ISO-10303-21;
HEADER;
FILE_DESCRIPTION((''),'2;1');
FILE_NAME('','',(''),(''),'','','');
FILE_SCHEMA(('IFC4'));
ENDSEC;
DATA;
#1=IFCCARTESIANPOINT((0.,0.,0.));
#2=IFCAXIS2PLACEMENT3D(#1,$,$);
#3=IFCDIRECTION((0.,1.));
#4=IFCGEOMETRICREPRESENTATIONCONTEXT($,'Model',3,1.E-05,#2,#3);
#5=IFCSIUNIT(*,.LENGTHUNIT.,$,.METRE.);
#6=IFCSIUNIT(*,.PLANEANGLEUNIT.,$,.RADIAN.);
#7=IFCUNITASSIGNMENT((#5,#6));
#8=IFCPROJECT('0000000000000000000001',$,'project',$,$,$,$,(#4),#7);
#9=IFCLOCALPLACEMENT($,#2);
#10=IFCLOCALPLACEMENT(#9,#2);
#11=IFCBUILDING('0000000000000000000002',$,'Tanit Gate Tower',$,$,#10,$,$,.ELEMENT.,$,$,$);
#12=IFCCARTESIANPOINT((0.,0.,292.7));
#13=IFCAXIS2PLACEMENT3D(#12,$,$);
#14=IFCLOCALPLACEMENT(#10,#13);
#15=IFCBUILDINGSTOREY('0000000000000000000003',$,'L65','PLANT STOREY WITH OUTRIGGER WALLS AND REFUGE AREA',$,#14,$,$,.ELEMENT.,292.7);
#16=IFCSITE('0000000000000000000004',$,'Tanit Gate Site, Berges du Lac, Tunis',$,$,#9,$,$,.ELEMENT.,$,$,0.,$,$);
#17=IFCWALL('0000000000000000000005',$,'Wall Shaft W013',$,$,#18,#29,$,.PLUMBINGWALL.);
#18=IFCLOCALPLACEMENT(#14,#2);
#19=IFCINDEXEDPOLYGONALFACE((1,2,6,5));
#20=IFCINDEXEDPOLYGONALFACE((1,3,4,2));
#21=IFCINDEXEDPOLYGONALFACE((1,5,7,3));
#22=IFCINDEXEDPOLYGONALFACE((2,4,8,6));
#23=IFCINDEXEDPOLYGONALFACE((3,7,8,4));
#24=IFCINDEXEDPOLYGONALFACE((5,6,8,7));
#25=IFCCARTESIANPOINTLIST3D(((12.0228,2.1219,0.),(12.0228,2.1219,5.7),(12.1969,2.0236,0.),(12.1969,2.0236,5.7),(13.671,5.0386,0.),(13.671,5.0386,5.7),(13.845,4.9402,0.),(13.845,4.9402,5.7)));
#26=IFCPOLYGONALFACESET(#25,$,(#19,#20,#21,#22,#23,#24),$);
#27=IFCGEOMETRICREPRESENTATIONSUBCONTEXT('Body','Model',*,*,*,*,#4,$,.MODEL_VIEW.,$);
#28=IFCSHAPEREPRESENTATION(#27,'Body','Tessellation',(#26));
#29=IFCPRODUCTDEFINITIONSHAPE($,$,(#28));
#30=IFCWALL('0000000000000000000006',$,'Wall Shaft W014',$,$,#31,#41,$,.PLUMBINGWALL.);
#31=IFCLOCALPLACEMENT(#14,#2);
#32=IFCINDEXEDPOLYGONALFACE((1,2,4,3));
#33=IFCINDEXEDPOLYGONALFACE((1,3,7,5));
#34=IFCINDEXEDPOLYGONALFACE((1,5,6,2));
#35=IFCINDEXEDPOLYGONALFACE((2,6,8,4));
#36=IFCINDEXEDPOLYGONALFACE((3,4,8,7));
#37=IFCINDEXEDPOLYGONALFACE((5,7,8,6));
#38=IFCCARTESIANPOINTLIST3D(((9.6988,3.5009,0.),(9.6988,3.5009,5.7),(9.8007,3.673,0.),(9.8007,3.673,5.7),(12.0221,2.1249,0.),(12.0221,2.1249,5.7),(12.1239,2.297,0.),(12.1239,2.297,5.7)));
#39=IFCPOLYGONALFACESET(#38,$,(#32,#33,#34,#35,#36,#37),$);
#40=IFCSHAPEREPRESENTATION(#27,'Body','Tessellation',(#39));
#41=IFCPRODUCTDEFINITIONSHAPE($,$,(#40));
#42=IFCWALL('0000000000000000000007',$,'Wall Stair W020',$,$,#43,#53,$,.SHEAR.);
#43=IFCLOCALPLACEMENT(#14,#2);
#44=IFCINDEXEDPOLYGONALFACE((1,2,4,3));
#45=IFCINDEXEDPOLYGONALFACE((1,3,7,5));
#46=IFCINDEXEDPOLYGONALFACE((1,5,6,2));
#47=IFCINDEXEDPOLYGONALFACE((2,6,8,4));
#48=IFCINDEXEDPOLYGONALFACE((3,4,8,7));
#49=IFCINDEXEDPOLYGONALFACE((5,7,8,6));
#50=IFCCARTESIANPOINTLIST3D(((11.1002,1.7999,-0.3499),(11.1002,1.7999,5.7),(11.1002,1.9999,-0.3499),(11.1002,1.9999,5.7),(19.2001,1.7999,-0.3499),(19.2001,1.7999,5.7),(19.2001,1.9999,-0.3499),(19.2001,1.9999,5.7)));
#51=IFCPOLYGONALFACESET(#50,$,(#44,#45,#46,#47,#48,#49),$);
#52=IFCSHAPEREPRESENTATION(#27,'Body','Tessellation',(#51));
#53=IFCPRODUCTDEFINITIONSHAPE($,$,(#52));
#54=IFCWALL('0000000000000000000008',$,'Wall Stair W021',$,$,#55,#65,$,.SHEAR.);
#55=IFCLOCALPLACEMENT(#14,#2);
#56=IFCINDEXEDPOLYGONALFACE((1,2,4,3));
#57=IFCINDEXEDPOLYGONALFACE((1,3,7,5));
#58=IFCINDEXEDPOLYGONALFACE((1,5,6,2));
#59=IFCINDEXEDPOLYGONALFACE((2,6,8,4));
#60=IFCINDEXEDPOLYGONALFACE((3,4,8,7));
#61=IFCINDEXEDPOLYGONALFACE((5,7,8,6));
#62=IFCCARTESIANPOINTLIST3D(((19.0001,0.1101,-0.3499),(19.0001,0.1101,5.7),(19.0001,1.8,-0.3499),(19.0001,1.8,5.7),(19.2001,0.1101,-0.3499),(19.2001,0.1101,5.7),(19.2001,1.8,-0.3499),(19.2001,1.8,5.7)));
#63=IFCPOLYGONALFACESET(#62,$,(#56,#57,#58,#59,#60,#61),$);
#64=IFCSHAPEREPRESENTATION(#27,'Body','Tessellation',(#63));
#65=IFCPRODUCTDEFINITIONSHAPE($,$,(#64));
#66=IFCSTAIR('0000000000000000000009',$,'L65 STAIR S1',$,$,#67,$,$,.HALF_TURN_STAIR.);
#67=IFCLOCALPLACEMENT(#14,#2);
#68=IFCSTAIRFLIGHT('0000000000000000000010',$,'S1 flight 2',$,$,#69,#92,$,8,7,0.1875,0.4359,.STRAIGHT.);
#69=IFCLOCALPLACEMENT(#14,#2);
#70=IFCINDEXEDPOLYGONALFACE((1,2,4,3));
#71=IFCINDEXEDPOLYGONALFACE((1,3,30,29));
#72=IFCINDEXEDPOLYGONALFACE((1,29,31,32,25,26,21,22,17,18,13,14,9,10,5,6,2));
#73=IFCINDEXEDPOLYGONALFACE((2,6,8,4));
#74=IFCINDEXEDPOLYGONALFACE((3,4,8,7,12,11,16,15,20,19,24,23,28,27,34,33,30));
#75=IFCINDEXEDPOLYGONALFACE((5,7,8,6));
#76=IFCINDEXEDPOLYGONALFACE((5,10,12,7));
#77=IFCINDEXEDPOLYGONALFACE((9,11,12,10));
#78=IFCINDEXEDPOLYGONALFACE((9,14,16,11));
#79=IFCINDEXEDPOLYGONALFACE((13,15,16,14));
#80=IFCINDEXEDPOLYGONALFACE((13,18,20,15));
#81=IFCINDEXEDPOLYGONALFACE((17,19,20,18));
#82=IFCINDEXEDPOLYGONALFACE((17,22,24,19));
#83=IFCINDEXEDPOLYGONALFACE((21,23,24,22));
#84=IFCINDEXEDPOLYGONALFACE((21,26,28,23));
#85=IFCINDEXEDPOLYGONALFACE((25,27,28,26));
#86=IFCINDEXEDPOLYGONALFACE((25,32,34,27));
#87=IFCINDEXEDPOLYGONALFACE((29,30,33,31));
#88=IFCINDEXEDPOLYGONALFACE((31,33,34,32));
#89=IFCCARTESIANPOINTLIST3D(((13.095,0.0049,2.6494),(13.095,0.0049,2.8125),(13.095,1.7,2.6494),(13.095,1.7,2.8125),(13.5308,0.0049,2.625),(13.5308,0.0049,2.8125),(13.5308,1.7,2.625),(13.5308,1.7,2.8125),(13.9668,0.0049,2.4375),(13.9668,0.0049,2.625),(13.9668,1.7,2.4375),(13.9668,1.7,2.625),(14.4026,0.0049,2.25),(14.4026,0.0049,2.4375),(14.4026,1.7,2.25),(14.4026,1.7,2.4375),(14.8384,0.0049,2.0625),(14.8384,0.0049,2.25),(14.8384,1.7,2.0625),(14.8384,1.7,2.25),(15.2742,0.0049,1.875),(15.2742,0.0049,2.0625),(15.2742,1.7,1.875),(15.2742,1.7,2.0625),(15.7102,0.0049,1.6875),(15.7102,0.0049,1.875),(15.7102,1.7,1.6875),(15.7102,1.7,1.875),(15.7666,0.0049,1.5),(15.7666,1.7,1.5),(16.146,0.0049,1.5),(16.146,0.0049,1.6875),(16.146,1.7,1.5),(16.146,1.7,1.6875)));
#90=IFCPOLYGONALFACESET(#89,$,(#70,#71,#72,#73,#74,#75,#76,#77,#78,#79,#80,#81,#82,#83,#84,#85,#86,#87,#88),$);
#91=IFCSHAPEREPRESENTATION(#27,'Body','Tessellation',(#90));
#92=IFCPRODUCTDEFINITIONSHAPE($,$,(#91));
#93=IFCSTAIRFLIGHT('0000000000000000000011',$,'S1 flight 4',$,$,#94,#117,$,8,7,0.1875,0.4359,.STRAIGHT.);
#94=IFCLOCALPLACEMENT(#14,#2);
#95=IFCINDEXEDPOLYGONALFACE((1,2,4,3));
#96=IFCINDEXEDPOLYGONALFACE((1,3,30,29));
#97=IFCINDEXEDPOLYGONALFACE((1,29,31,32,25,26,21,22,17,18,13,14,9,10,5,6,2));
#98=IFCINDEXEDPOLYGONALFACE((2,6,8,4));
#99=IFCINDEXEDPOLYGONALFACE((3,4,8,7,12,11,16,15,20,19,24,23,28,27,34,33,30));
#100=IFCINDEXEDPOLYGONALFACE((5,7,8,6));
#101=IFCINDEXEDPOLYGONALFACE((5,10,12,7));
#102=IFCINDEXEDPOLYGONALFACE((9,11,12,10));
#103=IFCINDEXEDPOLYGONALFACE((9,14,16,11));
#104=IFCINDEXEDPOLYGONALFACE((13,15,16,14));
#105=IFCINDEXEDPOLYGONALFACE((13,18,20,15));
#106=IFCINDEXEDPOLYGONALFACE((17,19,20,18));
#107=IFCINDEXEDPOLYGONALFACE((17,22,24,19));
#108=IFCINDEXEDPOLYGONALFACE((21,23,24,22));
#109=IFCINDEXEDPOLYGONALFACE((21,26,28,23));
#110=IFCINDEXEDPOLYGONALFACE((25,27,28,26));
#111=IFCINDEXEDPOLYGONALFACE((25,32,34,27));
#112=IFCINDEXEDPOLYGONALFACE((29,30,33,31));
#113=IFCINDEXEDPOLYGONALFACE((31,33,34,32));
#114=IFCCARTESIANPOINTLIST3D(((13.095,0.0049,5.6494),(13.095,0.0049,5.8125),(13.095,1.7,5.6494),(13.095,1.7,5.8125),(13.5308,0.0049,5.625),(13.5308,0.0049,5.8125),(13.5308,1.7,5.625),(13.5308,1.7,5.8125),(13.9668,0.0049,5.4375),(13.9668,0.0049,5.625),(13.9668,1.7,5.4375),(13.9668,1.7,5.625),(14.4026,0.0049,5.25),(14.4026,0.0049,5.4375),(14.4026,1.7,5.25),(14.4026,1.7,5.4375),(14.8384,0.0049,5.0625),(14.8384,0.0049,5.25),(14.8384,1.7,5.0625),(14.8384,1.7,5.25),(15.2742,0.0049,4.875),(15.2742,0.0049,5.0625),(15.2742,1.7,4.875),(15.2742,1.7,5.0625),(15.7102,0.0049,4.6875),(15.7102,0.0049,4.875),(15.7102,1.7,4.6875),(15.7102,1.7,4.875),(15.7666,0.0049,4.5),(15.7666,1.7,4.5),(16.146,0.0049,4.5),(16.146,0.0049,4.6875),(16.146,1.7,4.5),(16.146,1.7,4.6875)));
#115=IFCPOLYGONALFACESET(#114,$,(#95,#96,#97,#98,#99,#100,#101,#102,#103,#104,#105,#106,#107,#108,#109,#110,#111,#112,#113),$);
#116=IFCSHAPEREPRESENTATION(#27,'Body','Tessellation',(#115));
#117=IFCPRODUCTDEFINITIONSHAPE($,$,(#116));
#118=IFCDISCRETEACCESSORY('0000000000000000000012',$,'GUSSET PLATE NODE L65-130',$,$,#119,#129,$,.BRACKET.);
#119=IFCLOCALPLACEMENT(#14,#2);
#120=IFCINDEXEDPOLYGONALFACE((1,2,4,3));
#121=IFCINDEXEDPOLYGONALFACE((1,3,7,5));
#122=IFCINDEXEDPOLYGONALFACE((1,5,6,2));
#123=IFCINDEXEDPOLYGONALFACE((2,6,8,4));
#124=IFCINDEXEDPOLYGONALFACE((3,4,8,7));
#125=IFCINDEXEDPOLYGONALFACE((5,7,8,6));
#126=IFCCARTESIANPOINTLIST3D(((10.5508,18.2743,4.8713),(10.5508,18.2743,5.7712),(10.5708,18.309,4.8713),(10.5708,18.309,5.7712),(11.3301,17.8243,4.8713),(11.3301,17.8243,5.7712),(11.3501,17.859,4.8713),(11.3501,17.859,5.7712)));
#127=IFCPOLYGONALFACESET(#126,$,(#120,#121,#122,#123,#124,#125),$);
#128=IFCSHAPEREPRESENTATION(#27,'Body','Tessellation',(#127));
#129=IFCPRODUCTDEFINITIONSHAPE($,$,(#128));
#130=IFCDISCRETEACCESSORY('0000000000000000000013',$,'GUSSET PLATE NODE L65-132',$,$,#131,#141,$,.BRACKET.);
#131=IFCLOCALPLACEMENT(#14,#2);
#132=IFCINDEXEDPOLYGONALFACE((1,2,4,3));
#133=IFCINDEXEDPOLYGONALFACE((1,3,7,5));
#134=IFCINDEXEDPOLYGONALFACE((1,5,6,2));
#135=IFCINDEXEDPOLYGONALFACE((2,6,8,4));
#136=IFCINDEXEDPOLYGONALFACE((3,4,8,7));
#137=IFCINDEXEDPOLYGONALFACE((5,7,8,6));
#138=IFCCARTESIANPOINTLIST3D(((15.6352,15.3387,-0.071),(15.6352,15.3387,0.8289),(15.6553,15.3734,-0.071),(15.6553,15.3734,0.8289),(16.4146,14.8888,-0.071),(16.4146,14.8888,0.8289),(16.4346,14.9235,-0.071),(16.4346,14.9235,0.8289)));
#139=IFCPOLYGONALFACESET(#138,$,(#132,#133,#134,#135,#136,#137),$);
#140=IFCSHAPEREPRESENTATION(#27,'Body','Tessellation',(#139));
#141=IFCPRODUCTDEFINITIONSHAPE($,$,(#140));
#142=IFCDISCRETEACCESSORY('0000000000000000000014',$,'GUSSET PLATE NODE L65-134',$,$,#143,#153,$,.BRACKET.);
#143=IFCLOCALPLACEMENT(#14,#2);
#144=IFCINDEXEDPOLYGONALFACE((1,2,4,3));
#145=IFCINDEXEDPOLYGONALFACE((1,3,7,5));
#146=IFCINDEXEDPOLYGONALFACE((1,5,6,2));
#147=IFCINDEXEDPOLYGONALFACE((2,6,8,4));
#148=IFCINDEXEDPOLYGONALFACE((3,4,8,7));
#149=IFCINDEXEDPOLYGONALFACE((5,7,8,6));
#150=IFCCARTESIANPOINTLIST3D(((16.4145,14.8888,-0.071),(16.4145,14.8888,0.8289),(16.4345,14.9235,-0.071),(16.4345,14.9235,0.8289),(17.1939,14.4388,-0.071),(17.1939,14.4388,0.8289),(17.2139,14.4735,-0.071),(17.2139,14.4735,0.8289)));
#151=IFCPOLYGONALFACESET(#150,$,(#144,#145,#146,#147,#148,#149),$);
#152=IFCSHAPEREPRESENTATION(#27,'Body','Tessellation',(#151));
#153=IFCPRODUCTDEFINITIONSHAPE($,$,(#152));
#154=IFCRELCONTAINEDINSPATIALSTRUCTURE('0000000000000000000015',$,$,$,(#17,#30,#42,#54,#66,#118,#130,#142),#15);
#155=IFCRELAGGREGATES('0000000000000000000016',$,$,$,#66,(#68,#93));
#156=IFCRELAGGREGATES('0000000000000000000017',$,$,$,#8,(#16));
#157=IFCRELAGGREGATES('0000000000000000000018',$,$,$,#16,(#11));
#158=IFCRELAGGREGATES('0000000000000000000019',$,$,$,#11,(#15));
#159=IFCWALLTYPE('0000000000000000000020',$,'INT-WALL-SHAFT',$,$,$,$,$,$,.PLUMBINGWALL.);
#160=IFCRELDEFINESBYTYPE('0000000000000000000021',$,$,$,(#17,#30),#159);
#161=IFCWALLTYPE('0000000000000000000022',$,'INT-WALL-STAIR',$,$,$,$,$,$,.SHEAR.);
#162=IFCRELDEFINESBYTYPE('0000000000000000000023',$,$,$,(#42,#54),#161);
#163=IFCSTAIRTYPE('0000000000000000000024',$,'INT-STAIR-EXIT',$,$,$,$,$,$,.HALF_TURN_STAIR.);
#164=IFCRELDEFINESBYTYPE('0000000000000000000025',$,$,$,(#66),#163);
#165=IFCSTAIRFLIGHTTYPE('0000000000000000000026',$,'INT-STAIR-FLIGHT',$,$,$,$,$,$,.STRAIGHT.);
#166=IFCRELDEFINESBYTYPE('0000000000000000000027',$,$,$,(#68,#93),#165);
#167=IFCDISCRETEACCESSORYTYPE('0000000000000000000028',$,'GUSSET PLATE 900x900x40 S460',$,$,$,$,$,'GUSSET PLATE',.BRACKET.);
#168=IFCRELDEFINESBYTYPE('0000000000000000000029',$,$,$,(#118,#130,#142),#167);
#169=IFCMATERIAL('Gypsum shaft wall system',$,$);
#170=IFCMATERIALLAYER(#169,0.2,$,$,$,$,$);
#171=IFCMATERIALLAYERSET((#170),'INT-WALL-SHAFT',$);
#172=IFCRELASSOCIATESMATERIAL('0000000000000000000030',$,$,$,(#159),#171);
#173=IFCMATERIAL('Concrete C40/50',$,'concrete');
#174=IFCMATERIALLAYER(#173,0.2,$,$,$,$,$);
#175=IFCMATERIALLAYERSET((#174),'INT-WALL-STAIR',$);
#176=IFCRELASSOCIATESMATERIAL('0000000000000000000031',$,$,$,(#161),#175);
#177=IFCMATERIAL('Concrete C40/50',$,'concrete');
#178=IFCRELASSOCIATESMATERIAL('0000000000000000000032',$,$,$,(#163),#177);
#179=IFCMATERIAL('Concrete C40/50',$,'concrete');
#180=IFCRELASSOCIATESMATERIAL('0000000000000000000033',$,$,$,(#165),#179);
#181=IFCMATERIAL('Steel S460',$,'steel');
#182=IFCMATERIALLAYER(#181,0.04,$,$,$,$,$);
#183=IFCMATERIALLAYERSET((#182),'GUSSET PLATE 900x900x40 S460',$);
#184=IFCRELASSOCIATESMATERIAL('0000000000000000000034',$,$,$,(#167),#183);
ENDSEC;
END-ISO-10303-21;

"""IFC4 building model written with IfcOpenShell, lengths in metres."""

from ifc_helpers import new_model, si_unit, direction, frame, frame_2d, origin, origin_2d, place, context, subcontext, project, spatial, polyline, rectangle, outline, extrude, material, layer, layer_set, type_object, element, aggregate, save


model = new_model("IFC4")

# Units and contexts
model_context = context("Model", 3, precision=1e-05, world=origin(), true_north=direction((0.0, 1.0)))
body_context = subcontext(model_context, "Body", "Model", "MODEL_VIEW")
ifc_project = project(units=[si_unit("LENGTHUNIT", "METRE"), si_unit("PLANEANGLEUNIT", "RADIAN")], contexts=[model_context])

# Site, building, storey
site_placement = place(None, origin())
site = spatial("IfcSite", under=ifc_project, at=site_placement, Name="Tanit Gate Site, Berges du Lac, Tunis", CompositionType="ELEMENT", RefElevation=0.0)
building_placement = place(site_placement, origin())
building = spatial("IfcBuilding", under=site, at=building_placement, Name="Tanit Gate Tower", CompositionType="ELEMENT")
storey_placement = place(building_placement, frame((0.0, 0.0, 292.7)))
storey = spatial("IfcBuildingStorey", under=building, at=storey_placement, Name="L65", Description="PLANT STOREY WITH OUTRIGGER WALLS AND REFUGE AREA", CompositionType="ELEMENT", Elevation=292.7)

# Walls
ifc_material_1 = material(Name="Gypsum shaft wall system")
ifc_layer_1 = layer(ifc_material_1, 0.2)
ifc_layer_set_1 = layer_set([ifc_layer_1], Name="INT-WALL-SHAFT")
wall_type_1 = type_object("IfcWallType", Name="INT-WALL-SHAFT", PredefinedType="PLUMBINGWALL", material=ifc_layer_set_1)
wall_1_placement = place(storey_placement, frame((12.1099, 2.0728, 0.0), z_axis=(0.0, 0.0, 1.0), x_axis=(0.491966, 0.870614, 0.0)))
element("IfcWall", 1, at=wall_1_placement, inside=storey, type_object=wall_type_1, Name="Wall Shaft W013", PredefinedType="PLUMBINGWALL", context=body_context, shape_type="SweptSolid", body=[
    extrude(rectangle(XDim=3.3501, YDim=0.2, at=frame_2d((1.675, 0.0))), origin(), (0.0, 0.0, 1.0), 5.7),
])
wall_2_placement = place(storey_placement, frame((12.073, 2.2109, 0.0), z_axis=(0.0, 0.0, 1.0), x_axis=(-0.860415, 0.509594, 0.0)))
element("IfcWall", 2, at=wall_2_placement, inside=storey, type_object=wall_type_1, Name="Wall Shaft W014", PredefinedType="PLUMBINGWALL", context=body_context, shape_type="SweptSolid", body=[
    extrude(rectangle(XDim=2.7002, YDim=0.2, at=frame_2d((1.3501, 0.0))), origin(), (0.0, 0.0, 1.0), 5.7),
])
ifc_material_2 = material(Name="Concrete C40/50", Category="concrete")
ifc_layer_2 = layer(ifc_material_2, 0.2)
ifc_layer_set_2 = layer_set([ifc_layer_2], Name="INT-WALL-STAIR")
wall_type_2 = type_object("IfcWallType", Name="INT-WALL-STAIR", PredefinedType="SHEAR", material=ifc_layer_set_2)
wall_3_placement = place(storey_placement, frame((19.2, 1.8999, -0.3499), z_axis=(0.0, 0.0, 1.0), x_axis=(-1.0, 0.0, 0.0)))
element("IfcWall", 3, at=wall_3_placement, inside=storey, type_object=wall_type_2, Name="Wall Stair W020", PredefinedType="SHEAR", context=body_context, shape_type="SweptSolid", body=[
    extrude(rectangle(XDim=8.0999, YDim=0.2, at=frame_2d((4.0498, 0.0))), origin(), (0.0, 0.0, 1.0), 6.0498),
])
wall_4_placement = place(storey_placement, frame((19.1001, 0.1101, -0.3499), z_axis=(0.0, 0.0, 1.0), x_axis=(0.0, 1.0, 0.0)))
element("IfcWall", 4, at=wall_4_placement, inside=storey, type_object=wall_type_2, Name="Wall Stair W021", PredefinedType="SHEAR", context=body_context, shape_type="SweptSolid", body=[
    extrude(rectangle(XDim=1.6899, YDim=0.2, at=frame_2d((0.845, 0.0))), origin(), (0.0, 0.0, 1.0), 6.0498),
])

# Stair, stair flights
ifc_material_3 = material(Name="Concrete C40/50", Category="concrete")
stair_type = type_object("IfcStairType", Name="INT-STAIR-EXIT", PredefinedType="HALF_TURN_STAIR", material=ifc_material_3)
stair_placement = place(storey_placement, origin())
stair = element("IfcStair", 5, at=stair_placement, inside=storey, type_object=stair_type, Name="L65 STAIR S1", PredefinedType="HALF_TURN_STAIR")
ifc_material_4 = material(Name="Concrete C40/50", Category="concrete")
stair_flight_type = type_object("IfcStairFlightType", Name="INT-STAIR-FLIGHT", PredefinedType="STRAIGHT", material=ifc_material_4)
stair_flight_1_placement = place(storey_placement, frame((16.146, 0.8525, 1.5), z_axis=(0.0, 0.0, 1.0), x_axis=(-1.0, 0.0, 0.0)))
stair_flight_1 = element("IfcStairFlight", 6, at=stair_flight_1_placement, type_object=stair_flight_type, Name="S1 flight 2", NumberOfRisers=8, NumberOfTreads=7, PredefinedType="STRAIGHT", RiserHeight=0.1875, TreadLength=0.4359, context=body_context, shape_type="SweptSolid", body=[
    extrude(outline(polyline([(0.0, 0.0), (0.0, 0.1875), (0.4358, 0.1875), (0.4358, 0.375), (0.8718, 0.375), (0.8718, 0.5625), (1.3076, 0.5625), (1.3076, 0.75), (1.7434, 0.75), (1.7434, 0.9375), (2.1792, 0.9375), (2.1792, 1.125), (2.6152, 1.125), (2.6152, 1.3125), (3.051, 1.3125), (3.051, 1.5), (3.051, 1.1494), (0.3794, 0.0), (0.0, 0.0)])), frame((0.0, 0.8477, 0.0), z_axis=(0.0, -1.0, 0.0), x_axis=(1.0, 0.0, 0.0)), (0.0, 0.0, 1.0), 1.6951),
])
stair_flight_2_placement = place(storey_placement, frame((16.146, 0.8525, 4.5), z_axis=(0.0, 0.0, 1.0), x_axis=(-1.0, 0.0, 0.0)))
stair_flight_2 = element("IfcStairFlight", 7, at=stair_flight_2_placement, type_object=stair_flight_type, Name="S1 flight 4", NumberOfRisers=8, NumberOfTreads=7, PredefinedType="STRAIGHT", RiserHeight=0.1875, TreadLength=0.4359, context=body_context, shape_type="SweptSolid", body=[
    extrude(outline(polyline([(0.0, 0.0), (0.0, 0.1875), (0.4358, 0.1875), (0.4358, 0.375), (0.8718, 0.375), (0.8718, 0.5625), (1.3076, 0.5625), (1.3076, 0.75), (1.7434, 0.75), (1.7434, 0.9375), (2.1792, 0.9375), (2.1792, 1.125), (2.6152, 1.125), (2.6152, 1.3125), (3.051, 1.3125), (3.051, 1.5), (3.051, 1.1494), (0.3794, 0.0), (0.0, 0.0)])), frame((0.0, 0.8477, 0.0), z_axis=(0.0, -1.0, 0.0), x_axis=(1.0, 0.0, 0.0)), (0.0, 0.0, 1.0), 1.6951),
])
aggregate(stair, [stair_flight_1, stair_flight_2])

# Discrete accessories
ifc_material_5 = material(Name="Steel S460", Category="steel")
ifc_layer_3 = layer(ifc_material_5, 0.04)
ifc_layer_set_3 = layer_set([ifc_layer_3], Name="GUSSET PLATE 900x900x40 S460")
discrete_accessory_type = type_object("IfcDiscreteAccessoryType", Name="GUSSET PLATE 900x900x40 S460", ElementType="GUSSET PLATE", PredefinedType="BRACKET", material=ifc_layer_set_3)
for number, where, z_axis, x_axis, name in (
    (8, (10.9504, 18.0667, 4.8713), (0.0, 0.0, 1.0), (0.866025, -0.5, 0.0), "GUSSET PLATE NODE L65-130"),
    (9, (16.0349, 15.1311, -0.071), (0.0, 0.0, 1.0), (-0.866025, 0.5, 0.0), "GUSSET PLATE NODE L65-132"),
    (10, (16.8142, 14.6812, -0.071), (0.0, 0.0, 1.0), (0.866025, -0.5, 0.0), "GUSSET PLATE NODE L65-134"),
):
    element("IfcDiscreteAccessory", number, at=place(storey_placement, frame(where, z_axis=z_axis, x_axis=x_axis)), inside=storey, type_object=discrete_accessory_type, Name=name, PredefinedType="BRACKET", context=body_context, shape_type="SweptSolid", body=[
        extrude(rectangle(XDim=0.8999, YDim=0.04, at=origin_2d()), origin(), (0.0, 0.0, 1.0), 0.8999),
    ])

save(model, "model.ifc")
